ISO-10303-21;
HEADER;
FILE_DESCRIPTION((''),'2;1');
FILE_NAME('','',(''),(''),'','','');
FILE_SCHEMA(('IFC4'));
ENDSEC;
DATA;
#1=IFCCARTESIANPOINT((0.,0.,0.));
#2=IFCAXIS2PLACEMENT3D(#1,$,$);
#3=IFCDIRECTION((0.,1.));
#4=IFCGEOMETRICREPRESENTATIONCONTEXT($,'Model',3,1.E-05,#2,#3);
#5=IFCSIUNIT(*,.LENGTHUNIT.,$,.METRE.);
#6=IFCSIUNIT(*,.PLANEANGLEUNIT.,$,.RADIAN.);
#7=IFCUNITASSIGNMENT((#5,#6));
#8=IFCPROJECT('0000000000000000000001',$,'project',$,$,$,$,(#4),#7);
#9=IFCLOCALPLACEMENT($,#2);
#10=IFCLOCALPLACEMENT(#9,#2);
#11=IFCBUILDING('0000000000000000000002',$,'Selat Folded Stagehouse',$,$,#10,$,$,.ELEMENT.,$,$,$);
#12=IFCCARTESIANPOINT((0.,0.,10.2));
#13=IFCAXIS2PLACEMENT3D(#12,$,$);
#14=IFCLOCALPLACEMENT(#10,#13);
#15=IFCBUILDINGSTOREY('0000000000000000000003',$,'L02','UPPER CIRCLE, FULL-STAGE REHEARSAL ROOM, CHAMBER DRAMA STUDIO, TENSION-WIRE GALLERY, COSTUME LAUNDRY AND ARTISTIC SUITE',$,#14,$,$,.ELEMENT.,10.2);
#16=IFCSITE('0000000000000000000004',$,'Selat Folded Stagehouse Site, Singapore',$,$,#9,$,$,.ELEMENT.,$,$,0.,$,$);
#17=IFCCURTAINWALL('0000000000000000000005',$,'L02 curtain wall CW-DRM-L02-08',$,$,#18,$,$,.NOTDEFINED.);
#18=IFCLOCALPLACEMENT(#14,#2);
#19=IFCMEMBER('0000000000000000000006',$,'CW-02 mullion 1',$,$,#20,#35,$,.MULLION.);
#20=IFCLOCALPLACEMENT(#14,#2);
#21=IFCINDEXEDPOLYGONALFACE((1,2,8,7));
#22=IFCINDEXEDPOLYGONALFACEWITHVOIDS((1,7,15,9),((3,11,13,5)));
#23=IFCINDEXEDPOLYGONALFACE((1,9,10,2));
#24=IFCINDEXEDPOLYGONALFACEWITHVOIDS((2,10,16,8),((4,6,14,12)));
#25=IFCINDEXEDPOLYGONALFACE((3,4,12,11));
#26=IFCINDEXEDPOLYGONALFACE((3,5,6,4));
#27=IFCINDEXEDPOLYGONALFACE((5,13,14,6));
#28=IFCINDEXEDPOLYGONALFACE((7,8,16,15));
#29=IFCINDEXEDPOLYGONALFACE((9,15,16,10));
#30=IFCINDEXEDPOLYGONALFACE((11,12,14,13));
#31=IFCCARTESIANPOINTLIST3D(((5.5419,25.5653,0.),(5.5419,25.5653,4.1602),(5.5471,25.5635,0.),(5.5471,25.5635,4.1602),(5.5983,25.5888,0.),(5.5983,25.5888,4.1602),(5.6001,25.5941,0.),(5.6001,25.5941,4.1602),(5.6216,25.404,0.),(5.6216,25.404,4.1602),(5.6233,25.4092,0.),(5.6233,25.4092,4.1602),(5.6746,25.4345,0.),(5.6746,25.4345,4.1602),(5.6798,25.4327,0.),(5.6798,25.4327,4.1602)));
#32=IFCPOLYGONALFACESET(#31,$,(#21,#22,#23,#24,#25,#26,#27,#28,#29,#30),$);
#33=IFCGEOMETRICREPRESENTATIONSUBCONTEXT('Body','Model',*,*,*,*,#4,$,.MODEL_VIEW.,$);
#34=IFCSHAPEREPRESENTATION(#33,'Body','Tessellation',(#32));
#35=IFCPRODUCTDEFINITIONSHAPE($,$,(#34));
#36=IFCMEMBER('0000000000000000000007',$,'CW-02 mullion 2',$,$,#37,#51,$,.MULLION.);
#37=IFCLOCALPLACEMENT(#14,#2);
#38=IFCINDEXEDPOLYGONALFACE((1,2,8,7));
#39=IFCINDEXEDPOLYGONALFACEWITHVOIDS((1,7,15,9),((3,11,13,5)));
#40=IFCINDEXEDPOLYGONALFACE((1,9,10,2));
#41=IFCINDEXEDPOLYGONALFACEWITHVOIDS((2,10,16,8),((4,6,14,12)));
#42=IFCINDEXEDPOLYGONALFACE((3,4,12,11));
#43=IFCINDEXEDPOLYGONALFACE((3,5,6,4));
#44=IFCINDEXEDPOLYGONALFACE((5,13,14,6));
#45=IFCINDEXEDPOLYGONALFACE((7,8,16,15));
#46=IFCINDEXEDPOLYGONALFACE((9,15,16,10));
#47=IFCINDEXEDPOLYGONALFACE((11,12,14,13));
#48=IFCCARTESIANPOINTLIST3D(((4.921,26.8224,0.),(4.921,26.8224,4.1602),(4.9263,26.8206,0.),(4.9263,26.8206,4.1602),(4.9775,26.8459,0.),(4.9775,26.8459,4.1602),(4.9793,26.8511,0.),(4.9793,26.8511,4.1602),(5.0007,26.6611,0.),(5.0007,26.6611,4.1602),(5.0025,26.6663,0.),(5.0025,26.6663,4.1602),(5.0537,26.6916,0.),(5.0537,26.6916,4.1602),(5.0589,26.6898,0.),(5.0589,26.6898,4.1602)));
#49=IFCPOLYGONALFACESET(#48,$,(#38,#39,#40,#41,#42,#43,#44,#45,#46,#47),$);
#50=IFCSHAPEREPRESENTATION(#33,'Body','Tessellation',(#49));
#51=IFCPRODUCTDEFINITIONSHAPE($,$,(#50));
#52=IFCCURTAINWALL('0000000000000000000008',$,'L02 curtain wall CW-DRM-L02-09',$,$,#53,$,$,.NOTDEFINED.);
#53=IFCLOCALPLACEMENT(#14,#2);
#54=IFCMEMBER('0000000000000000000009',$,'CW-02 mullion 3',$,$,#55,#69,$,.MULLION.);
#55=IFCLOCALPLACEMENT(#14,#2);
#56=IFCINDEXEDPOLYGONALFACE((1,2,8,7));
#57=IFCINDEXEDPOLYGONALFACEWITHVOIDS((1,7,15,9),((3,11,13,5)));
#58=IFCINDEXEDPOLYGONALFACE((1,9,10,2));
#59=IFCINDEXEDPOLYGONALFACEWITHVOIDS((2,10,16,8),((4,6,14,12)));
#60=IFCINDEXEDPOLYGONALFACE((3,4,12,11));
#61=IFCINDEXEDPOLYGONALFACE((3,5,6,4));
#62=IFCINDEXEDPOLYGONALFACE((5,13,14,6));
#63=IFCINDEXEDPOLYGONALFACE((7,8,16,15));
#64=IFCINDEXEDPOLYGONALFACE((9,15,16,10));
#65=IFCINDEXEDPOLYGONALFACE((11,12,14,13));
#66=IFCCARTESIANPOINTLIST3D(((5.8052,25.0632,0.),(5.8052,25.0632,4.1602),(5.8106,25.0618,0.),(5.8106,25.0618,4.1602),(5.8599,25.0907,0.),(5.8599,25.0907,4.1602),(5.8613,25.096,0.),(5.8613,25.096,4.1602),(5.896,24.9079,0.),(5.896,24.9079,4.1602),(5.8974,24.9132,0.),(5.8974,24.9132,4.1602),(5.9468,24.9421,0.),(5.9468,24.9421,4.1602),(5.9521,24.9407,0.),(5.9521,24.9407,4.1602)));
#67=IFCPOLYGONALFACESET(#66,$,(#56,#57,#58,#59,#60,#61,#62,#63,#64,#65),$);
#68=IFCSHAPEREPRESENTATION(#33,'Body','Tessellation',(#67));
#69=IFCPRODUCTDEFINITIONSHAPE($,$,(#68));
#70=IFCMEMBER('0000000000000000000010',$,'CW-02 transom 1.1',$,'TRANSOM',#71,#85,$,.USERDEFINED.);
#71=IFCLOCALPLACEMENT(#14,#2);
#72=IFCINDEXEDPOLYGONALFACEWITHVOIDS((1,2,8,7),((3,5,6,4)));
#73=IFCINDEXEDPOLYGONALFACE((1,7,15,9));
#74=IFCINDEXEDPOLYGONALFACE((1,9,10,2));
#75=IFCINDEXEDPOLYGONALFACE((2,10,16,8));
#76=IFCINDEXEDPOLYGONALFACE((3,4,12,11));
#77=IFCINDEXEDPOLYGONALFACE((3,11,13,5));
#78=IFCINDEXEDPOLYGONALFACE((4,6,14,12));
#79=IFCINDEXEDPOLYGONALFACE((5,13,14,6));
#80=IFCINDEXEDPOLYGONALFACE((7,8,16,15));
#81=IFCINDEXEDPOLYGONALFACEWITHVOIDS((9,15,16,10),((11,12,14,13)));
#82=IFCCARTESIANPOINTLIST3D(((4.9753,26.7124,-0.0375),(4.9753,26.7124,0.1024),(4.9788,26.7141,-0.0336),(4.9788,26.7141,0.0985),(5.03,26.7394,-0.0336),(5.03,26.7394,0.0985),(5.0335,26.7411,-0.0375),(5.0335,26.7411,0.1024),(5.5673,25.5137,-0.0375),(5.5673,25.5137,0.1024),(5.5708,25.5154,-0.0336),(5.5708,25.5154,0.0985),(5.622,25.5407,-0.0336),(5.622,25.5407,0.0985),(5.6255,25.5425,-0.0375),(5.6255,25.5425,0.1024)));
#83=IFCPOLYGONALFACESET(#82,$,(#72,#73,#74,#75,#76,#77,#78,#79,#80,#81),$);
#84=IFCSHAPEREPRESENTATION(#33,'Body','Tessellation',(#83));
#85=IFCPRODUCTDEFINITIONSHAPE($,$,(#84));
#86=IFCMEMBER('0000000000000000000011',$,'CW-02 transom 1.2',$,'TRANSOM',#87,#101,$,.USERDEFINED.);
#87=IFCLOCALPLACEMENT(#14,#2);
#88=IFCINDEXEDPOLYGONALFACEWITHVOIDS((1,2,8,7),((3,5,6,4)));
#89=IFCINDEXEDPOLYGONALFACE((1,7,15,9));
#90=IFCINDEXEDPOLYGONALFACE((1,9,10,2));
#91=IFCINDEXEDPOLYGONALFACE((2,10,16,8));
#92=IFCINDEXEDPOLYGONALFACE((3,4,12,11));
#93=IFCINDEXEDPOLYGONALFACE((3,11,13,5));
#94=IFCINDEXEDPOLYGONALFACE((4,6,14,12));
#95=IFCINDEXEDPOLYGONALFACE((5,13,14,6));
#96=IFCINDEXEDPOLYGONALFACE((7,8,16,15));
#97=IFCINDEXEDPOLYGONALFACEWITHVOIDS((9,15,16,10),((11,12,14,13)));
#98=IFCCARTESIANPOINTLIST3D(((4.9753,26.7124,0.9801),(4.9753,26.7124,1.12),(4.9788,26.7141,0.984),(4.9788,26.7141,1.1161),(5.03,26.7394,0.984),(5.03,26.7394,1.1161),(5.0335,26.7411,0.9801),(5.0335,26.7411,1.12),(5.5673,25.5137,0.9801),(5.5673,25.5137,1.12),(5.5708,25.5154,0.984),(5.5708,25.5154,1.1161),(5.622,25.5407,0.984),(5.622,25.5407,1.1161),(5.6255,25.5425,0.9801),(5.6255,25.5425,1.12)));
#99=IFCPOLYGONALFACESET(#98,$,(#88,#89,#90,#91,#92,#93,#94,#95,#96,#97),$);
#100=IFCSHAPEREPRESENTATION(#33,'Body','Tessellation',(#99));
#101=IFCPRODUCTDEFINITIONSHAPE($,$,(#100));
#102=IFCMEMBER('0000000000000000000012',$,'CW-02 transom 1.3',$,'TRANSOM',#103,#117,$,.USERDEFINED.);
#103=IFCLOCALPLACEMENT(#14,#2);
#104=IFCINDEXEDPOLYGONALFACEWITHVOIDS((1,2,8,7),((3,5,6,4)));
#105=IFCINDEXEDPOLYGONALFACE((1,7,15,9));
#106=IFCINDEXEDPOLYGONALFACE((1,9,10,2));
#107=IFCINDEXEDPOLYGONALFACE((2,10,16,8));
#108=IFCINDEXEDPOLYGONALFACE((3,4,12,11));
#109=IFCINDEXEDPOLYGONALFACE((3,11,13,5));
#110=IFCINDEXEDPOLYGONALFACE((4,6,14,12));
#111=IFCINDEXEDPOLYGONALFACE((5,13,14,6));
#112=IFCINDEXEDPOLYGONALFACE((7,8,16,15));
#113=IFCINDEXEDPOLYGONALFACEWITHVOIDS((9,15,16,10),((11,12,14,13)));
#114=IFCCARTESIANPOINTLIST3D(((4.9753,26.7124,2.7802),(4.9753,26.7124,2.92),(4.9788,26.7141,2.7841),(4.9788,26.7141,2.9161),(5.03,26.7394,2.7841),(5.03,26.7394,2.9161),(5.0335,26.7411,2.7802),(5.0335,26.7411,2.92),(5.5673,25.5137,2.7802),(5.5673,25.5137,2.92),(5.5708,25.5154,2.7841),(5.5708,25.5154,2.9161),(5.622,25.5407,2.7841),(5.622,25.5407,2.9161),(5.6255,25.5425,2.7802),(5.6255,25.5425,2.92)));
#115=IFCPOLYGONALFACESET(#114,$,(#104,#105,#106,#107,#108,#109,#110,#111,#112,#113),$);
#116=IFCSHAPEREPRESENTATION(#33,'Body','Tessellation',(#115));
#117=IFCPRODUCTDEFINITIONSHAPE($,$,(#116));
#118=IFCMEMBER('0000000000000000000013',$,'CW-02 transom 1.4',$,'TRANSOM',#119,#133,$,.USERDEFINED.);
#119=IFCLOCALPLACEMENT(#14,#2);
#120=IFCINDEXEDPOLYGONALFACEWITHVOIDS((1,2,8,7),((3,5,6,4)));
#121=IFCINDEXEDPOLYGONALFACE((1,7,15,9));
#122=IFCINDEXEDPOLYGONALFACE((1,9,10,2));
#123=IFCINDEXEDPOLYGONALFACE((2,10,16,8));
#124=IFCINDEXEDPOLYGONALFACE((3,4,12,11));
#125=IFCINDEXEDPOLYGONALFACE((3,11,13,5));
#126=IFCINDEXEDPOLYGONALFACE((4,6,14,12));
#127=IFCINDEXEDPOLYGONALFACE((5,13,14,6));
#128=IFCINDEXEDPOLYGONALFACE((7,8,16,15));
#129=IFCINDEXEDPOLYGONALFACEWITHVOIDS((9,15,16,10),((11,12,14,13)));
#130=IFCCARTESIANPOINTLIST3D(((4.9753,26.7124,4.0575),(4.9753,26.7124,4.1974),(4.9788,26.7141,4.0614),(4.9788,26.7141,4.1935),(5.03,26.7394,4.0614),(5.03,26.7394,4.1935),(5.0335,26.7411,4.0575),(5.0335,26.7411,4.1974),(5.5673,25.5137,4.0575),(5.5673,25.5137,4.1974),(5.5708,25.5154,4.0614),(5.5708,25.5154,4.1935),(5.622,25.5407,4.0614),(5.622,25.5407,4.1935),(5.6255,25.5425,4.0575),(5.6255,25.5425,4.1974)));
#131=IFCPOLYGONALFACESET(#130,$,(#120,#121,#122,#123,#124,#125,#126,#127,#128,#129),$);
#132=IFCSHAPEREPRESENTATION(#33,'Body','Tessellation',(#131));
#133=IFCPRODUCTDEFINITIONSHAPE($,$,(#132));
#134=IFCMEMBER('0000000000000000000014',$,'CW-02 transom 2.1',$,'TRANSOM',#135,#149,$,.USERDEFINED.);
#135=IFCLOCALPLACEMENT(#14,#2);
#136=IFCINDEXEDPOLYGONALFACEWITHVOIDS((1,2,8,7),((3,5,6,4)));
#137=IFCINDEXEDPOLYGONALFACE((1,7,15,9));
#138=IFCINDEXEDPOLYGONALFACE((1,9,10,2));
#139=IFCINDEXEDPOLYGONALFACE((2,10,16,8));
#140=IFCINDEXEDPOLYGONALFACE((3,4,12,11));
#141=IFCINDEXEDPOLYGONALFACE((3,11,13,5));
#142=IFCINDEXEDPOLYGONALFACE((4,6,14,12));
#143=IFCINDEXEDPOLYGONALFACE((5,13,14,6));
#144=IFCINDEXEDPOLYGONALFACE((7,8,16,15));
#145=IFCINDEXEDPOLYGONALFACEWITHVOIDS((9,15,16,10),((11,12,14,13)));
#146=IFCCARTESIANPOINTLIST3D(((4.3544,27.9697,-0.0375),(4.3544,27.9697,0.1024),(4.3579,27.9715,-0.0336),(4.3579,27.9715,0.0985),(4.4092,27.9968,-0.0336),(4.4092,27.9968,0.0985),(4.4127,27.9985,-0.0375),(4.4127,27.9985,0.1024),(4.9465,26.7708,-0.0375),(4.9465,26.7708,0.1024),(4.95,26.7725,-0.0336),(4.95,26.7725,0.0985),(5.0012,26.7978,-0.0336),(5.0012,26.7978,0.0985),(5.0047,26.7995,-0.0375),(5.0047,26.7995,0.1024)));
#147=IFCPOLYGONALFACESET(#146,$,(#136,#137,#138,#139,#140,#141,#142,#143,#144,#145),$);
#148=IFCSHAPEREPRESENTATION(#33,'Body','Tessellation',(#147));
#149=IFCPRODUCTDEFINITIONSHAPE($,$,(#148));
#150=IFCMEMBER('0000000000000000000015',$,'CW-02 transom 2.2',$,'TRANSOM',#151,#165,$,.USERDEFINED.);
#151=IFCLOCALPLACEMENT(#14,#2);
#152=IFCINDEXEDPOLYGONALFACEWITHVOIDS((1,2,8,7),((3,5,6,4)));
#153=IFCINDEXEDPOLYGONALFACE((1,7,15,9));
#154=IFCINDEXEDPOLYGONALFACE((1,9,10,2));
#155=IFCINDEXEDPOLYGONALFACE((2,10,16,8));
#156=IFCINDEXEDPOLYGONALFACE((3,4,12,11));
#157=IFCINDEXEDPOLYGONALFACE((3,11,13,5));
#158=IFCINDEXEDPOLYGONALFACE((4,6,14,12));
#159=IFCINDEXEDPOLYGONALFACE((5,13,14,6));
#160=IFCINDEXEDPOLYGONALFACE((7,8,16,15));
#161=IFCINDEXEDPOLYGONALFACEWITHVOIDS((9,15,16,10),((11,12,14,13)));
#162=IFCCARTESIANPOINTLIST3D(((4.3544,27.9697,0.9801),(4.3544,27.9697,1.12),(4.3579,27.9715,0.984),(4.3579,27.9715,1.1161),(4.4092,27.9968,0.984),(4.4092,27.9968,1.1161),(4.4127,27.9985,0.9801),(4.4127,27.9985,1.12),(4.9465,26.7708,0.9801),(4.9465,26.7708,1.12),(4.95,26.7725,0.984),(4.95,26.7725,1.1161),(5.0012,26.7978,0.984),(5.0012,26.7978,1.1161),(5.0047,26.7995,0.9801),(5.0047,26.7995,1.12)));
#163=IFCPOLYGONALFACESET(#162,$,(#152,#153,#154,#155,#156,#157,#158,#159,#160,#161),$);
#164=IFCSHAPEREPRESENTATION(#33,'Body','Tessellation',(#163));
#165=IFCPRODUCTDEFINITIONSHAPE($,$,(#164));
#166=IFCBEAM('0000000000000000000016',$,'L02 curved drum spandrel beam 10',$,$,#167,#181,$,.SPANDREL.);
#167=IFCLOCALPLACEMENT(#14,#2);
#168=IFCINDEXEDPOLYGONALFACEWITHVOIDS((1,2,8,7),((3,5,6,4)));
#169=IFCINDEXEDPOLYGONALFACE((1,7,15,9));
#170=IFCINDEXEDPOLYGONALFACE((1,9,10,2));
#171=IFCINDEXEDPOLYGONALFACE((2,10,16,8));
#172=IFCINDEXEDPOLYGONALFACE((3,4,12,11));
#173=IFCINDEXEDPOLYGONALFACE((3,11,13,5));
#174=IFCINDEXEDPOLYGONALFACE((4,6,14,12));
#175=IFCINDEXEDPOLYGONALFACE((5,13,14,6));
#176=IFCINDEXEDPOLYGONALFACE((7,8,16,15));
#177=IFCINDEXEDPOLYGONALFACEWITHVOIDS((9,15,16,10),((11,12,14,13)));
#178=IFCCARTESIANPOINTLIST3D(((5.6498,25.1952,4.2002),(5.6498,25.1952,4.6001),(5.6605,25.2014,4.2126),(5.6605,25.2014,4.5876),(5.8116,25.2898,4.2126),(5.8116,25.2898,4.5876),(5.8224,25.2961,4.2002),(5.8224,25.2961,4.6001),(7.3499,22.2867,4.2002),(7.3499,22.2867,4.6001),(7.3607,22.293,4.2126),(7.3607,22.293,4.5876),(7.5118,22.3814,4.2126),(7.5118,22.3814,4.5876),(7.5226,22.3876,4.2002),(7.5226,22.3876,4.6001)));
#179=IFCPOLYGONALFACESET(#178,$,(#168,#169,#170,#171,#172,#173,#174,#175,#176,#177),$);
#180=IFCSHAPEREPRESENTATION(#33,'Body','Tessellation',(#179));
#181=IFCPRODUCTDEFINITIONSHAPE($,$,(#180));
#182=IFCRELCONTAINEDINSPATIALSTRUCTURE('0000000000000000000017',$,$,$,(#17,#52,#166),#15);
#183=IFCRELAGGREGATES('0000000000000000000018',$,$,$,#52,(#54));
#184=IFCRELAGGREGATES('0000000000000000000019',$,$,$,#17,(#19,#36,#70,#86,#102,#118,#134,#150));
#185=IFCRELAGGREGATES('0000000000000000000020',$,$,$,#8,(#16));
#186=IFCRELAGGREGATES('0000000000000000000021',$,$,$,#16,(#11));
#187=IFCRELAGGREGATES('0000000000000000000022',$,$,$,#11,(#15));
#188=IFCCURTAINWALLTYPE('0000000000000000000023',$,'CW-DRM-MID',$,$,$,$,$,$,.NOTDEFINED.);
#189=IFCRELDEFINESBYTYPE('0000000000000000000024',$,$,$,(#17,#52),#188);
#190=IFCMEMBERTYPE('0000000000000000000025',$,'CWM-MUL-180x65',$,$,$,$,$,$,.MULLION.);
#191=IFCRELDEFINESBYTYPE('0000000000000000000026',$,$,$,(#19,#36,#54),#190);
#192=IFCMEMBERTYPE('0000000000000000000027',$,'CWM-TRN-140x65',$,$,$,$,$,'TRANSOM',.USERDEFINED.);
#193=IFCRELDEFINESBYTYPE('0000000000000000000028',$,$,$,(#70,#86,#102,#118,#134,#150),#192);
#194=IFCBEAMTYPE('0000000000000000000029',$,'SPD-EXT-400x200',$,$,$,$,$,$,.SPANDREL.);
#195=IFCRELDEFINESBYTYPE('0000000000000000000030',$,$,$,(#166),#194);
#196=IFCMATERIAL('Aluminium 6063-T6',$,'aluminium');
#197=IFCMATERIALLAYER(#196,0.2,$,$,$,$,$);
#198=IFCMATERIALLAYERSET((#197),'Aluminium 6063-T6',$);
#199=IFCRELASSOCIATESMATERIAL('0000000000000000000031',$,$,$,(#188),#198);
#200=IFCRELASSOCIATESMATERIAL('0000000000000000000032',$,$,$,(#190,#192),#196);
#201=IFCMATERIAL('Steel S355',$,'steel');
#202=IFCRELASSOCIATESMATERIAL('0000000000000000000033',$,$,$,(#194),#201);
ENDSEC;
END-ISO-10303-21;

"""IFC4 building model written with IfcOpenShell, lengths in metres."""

from ifc_helpers import new_model, si_unit, direction, frame, origin, origin_2d, place, context, subcontext, project, spatial, hollow_rectangle, extrude, material, layer, layer_set, material_profile, profile_set, type_object, element, aggregate, save


model = new_model("IFC4")

# Units and contexts
model_context = context("Model", 3, precision=1e-05, world=origin(), true_north=direction((0.0, 1.0)))
body_context = subcontext(model_context, "Body", "Model", "MODEL_VIEW")
ifc_project = project(units=[si_unit("LENGTHUNIT", "METRE"), si_unit("PLANEANGLEUNIT", "RADIAN")], contexts=[model_context])

# Site, building, storey
site_placement = place(None, origin())
site = spatial("IfcSite", under=ifc_project, at=site_placement, Name="Selat Folded Stagehouse Site, Singapore", CompositionType="ELEMENT", RefElevation=0.0)
building_placement = place(site_placement, origin())
building = spatial("IfcBuilding", under=site, at=building_placement, Name="Selat Folded Stagehouse", CompositionType="ELEMENT")
storey_placement = place(building_placement, frame((0.0, 0.0, 10.2)))
storey = spatial("IfcBuildingStorey", under=building, at=storey_placement, Name="L02", Description="UPPER CIRCLE, FULL-STAGE REHEARSAL ROOM, CHAMBER DRAMA STUDIO, TENSION-WIRE GALLERY, COSTUME LAUNDRY AND ARTISTIC SUITE", CompositionType="ELEMENT", Elevation=10.2)

# Curtain wall, members
ifc_material_1 = material(Name="Aluminium 6063-T6", Category="aluminium")
ifc_layer_1 = layer(ifc_material_1, 0.2)
ifc_layer_set_1 = layer_set([ifc_layer_1], Name="Aluminium 6063-T6")
curtain_wall_type = type_object("IfcCurtainWallType", Name="CW-DRM-MID", PredefinedType="NOTDEFINED", material=ifc_layer_set_1)
curtain_wall_1_placement = place(storey_placement, origin())
curtain_wall_1 = element("IfcCurtainWall", 1, at=curtain_wall_1_placement, inside=storey, type_object=curtain_wall_type, Name="L02 curtain wall CW-DRM-L02-08", PredefinedType="NOTDEFINED")
ifc_material_profile_1 = material_profile(ifc_material_1, hollow_rectangle(XDim=0.0649, YDim=0.1799, WallThickness=0.0039, at=origin_2d()), Name="ALU 180x65x4.0")
ifc_profile_set_1 = profile_set([ifc_material_profile_1], Name="Aluminium 6063-T6")
member_type_1 = type_object("IfcMemberType", Name="CWM-MUL-180x65", PredefinedType="MULLION", material=ifc_profile_set_1)
member_1_placement = place(storey_placement, frame((5.6108, 25.499, 0.0), z_axis=(0.0, 0.0, 1.0), x_axis=(-0.896598, -0.442845, 0.0)))
member_1 = element("IfcMember", 2, at=member_1_placement, type_object=member_type_1, Name="CW-02 mullion 1", PredefinedType="MULLION", context=body_context, shape_type="SweptSolid", body=[
    extrude(hollow_rectangle(XDim=0.0649, YDim=0.1799, WallThickness=0.0039, at=origin_2d()), origin(), (0.0, 0.0, 1.0), 4.1602),
])
member_2_placement = place(storey_placement, frame((4.99, 26.7561, 0.0), z_axis=(0.0, 0.0, 1.0), x_axis=(-0.896598, -0.442845, 0.0)))
member_2 = element("IfcMember", 3, at=member_2_placement, type_object=member_type_1, Name="CW-02 mullion 2", PredefinedType="MULLION", context=body_context, shape_type="SweptSolid", body=[
    extrude(hollow_rectangle(XDim=0.0649, YDim=0.1799, WallThickness=0.0039, at=origin_2d()), origin(), (0.0, 0.0, 1.0), 4.1602),
])

# Curtain wall, member
curtain_wall_2_placement = place(storey_placement, origin())
curtain_wall_2 = element("IfcCurtainWall", 4, at=curtain_wall_2_placement, inside=storey, type_object=curtain_wall_type, Name="L02 curtain wall CW-DRM-L02-09", PredefinedType="NOTDEFINED")
member_3_placement = place(storey_placement, frame((5.8787, 25.002, 0.0), z_axis=(0.0, 0.0, 1.0), x_axis=(-0.863332, -0.504636, 0.0)))
member_3 = element("IfcMember", 5, at=member_3_placement, type_object=member_type_1, Name="CW-02 mullion 3", PredefinedType="MULLION", context=body_context, shape_type="SweptSolid", body=[
    extrude(hollow_rectangle(XDim=0.0649, YDim=0.1799, WallThickness=0.0039, at=origin_2d()), origin(), (0.0, 0.0, 1.0), 4.1602),
])
aggregate(curtain_wall_2, [member_3])

# Members
ifc_material_profile_2 = material_profile(ifc_material_1, hollow_rectangle(XDim=0.0649, YDim=0.1399, WallThickness=0.0039, at=origin_2d()), Name="ALU 140x65x4.0")
ifc_profile_set_2 = profile_set([ifc_material_profile_2], Name="Aluminium 6063-T6")
member_type_2 = type_object("IfcMemberType", Name="CWM-TRN-140x65", ElementType="TRANSOM", PredefinedType="USERDEFINED", material=ifc_profile_set_2)
member_4_placement = place(storey_placement, frame((5.5964, 25.5281, 0.0325), z_axis=(-0.442826, 0.896608, 0.0), x_axis=(-0.896608, -0.442826, 0.0)))
member_4 = element("IfcMember", 6, at=member_4_placement, type_object=member_type_2, Name="CW-02 transom 1.1", ObjectType="TRANSOM", PredefinedType="USERDEFINED", context=body_context, shape_type="SweptSolid", body=[
    extrude(hollow_rectangle(XDim=0.0649, YDim=0.1399, WallThickness=0.0039, at=origin_2d()), origin(), (0.0, 0.0, 1.0), 1.3369),
])
member_5_placement = place(storey_placement, frame((5.5964, 25.5281, 1.05), z_axis=(-0.442826, 0.896608, 0.0), x_axis=(-0.896608, -0.442826, 0.0)))
member_5 = element("IfcMember", 7, at=member_5_placement, type_object=member_type_2, Name="CW-02 transom 1.2", ObjectType="TRANSOM", PredefinedType="USERDEFINED", context=body_context, shape_type="SweptSolid", body=[
    extrude(hollow_rectangle(XDim=0.0649, YDim=0.1399, WallThickness=0.0039, at=origin_2d()), origin(), (0.0, 0.0, 1.0), 1.3369),
])
member_6_placement = place(storey_placement, frame((5.5964, 25.5281, 2.8501), z_axis=(-0.442826, 0.896608, 0.0), x_axis=(-0.896608, -0.442826, 0.0)))
member_6 = element("IfcMember", 8, at=member_6_placement, type_object=member_type_2, Name="CW-02 transom 1.3", ObjectType="TRANSOM", PredefinedType="USERDEFINED", context=body_context, shape_type="SweptSolid", body=[
    extrude(hollow_rectangle(XDim=0.0649, YDim=0.1399, WallThickness=0.0039, at=origin_2d()), origin(), (0.0, 0.0, 1.0), 1.3369),
])
member_7_placement = place(storey_placement, frame((5.5964, 25.5281, 4.1274), z_axis=(-0.442826, 0.896608, 0.0), x_axis=(-0.896608, -0.442826, 0.0)))
member_7 = element("IfcMember", 9, at=member_7_placement, type_object=member_type_2, Name="CW-02 transom 1.4", ObjectType="TRANSOM", PredefinedType="USERDEFINED", context=body_context, shape_type="SweptSolid", body=[
    extrude(hollow_rectangle(XDim=0.0649, YDim=0.1399, WallThickness=0.0039, at=origin_2d()), origin(), (0.0, 0.0, 1.0), 1.3369),
])
member_8_placement = place(storey_placement, frame((4.9756, 26.7852, 0.0325), z_axis=(-0.442753, 0.896644, 0.0), x_axis=(-0.896644, -0.442753, 0.0)))
member_8 = element("IfcMember", 10, at=member_8_placement, type_object=member_type_2, Name="CW-02 transom 2.1", ObjectType="TRANSOM", PredefinedType="USERDEFINED", context=body_context, shape_type="SweptSolid", body=[
    extrude(hollow_rectangle(XDim=0.0649, YDim=0.1399, WallThickness=0.0039, at=origin_2d()), origin(), (0.0, 0.0, 1.0), 1.3372),
])
member_9_placement = place(storey_placement, frame((4.9756, 26.7852, 1.05), z_axis=(-0.442753, 0.896644, 0.0), x_axis=(-0.896644, -0.442753, 0.0)))
member_9 = element("IfcMember", 11, at=member_9_placement, type_object=member_type_2, Name="CW-02 transom 2.2", ObjectType="TRANSOM", PredefinedType="USERDEFINED", context=body_context, shape_type="SweptSolid", body=[
    extrude(hollow_rectangle(XDim=0.0649, YDim=0.1399, WallThickness=0.0039, at=origin_2d()), origin(), (0.0, 0.0, 1.0), 1.3372),
])

# Beam
ifc_material_2 = material(Name="Steel S355", Category="steel")
ifc_material_profile_3 = material_profile(ifc_material_2, hollow_rectangle(XDim=0.2, YDim=0.3999, WallThickness=0.0125, at=origin_2d()), Name="RHS 400x200x12.5")
ifc_profile_set_3 = profile_set([ifc_material_profile_3], Name="Steel S355")
beam_type = type_object("IfcBeamType", Name="SPD-EXT-400x200", PredefinedType="SPANDREL", material=ifc_profile_set_3)
beam_placement = place(storey_placement, frame((5.7361, 25.2456, 4.4001), z_axis=(0.504668, -0.863313, 0.0), x_axis=(0.863313, 0.504668, 0.0)))
element("IfcBeam", 12, at=beam_placement, inside=storey, type_object=beam_type, Name="L02 curved drum spandrel beam 10", PredefinedType="SPANDREL", context=body_context, shape_type="SweptSolid", body=[
    extrude(hollow_rectangle(XDim=0.2, YDim=0.3999, WallThickness=0.0125, at=origin_2d()), origin(), (0.0, 0.0, 1.0), 3.3689),
])

aggregate(curtain_wall_1, [member_1, member_2, member_4, member_5, member_6, member_7, member_8, member_9])

save(model, "model.ifc")
